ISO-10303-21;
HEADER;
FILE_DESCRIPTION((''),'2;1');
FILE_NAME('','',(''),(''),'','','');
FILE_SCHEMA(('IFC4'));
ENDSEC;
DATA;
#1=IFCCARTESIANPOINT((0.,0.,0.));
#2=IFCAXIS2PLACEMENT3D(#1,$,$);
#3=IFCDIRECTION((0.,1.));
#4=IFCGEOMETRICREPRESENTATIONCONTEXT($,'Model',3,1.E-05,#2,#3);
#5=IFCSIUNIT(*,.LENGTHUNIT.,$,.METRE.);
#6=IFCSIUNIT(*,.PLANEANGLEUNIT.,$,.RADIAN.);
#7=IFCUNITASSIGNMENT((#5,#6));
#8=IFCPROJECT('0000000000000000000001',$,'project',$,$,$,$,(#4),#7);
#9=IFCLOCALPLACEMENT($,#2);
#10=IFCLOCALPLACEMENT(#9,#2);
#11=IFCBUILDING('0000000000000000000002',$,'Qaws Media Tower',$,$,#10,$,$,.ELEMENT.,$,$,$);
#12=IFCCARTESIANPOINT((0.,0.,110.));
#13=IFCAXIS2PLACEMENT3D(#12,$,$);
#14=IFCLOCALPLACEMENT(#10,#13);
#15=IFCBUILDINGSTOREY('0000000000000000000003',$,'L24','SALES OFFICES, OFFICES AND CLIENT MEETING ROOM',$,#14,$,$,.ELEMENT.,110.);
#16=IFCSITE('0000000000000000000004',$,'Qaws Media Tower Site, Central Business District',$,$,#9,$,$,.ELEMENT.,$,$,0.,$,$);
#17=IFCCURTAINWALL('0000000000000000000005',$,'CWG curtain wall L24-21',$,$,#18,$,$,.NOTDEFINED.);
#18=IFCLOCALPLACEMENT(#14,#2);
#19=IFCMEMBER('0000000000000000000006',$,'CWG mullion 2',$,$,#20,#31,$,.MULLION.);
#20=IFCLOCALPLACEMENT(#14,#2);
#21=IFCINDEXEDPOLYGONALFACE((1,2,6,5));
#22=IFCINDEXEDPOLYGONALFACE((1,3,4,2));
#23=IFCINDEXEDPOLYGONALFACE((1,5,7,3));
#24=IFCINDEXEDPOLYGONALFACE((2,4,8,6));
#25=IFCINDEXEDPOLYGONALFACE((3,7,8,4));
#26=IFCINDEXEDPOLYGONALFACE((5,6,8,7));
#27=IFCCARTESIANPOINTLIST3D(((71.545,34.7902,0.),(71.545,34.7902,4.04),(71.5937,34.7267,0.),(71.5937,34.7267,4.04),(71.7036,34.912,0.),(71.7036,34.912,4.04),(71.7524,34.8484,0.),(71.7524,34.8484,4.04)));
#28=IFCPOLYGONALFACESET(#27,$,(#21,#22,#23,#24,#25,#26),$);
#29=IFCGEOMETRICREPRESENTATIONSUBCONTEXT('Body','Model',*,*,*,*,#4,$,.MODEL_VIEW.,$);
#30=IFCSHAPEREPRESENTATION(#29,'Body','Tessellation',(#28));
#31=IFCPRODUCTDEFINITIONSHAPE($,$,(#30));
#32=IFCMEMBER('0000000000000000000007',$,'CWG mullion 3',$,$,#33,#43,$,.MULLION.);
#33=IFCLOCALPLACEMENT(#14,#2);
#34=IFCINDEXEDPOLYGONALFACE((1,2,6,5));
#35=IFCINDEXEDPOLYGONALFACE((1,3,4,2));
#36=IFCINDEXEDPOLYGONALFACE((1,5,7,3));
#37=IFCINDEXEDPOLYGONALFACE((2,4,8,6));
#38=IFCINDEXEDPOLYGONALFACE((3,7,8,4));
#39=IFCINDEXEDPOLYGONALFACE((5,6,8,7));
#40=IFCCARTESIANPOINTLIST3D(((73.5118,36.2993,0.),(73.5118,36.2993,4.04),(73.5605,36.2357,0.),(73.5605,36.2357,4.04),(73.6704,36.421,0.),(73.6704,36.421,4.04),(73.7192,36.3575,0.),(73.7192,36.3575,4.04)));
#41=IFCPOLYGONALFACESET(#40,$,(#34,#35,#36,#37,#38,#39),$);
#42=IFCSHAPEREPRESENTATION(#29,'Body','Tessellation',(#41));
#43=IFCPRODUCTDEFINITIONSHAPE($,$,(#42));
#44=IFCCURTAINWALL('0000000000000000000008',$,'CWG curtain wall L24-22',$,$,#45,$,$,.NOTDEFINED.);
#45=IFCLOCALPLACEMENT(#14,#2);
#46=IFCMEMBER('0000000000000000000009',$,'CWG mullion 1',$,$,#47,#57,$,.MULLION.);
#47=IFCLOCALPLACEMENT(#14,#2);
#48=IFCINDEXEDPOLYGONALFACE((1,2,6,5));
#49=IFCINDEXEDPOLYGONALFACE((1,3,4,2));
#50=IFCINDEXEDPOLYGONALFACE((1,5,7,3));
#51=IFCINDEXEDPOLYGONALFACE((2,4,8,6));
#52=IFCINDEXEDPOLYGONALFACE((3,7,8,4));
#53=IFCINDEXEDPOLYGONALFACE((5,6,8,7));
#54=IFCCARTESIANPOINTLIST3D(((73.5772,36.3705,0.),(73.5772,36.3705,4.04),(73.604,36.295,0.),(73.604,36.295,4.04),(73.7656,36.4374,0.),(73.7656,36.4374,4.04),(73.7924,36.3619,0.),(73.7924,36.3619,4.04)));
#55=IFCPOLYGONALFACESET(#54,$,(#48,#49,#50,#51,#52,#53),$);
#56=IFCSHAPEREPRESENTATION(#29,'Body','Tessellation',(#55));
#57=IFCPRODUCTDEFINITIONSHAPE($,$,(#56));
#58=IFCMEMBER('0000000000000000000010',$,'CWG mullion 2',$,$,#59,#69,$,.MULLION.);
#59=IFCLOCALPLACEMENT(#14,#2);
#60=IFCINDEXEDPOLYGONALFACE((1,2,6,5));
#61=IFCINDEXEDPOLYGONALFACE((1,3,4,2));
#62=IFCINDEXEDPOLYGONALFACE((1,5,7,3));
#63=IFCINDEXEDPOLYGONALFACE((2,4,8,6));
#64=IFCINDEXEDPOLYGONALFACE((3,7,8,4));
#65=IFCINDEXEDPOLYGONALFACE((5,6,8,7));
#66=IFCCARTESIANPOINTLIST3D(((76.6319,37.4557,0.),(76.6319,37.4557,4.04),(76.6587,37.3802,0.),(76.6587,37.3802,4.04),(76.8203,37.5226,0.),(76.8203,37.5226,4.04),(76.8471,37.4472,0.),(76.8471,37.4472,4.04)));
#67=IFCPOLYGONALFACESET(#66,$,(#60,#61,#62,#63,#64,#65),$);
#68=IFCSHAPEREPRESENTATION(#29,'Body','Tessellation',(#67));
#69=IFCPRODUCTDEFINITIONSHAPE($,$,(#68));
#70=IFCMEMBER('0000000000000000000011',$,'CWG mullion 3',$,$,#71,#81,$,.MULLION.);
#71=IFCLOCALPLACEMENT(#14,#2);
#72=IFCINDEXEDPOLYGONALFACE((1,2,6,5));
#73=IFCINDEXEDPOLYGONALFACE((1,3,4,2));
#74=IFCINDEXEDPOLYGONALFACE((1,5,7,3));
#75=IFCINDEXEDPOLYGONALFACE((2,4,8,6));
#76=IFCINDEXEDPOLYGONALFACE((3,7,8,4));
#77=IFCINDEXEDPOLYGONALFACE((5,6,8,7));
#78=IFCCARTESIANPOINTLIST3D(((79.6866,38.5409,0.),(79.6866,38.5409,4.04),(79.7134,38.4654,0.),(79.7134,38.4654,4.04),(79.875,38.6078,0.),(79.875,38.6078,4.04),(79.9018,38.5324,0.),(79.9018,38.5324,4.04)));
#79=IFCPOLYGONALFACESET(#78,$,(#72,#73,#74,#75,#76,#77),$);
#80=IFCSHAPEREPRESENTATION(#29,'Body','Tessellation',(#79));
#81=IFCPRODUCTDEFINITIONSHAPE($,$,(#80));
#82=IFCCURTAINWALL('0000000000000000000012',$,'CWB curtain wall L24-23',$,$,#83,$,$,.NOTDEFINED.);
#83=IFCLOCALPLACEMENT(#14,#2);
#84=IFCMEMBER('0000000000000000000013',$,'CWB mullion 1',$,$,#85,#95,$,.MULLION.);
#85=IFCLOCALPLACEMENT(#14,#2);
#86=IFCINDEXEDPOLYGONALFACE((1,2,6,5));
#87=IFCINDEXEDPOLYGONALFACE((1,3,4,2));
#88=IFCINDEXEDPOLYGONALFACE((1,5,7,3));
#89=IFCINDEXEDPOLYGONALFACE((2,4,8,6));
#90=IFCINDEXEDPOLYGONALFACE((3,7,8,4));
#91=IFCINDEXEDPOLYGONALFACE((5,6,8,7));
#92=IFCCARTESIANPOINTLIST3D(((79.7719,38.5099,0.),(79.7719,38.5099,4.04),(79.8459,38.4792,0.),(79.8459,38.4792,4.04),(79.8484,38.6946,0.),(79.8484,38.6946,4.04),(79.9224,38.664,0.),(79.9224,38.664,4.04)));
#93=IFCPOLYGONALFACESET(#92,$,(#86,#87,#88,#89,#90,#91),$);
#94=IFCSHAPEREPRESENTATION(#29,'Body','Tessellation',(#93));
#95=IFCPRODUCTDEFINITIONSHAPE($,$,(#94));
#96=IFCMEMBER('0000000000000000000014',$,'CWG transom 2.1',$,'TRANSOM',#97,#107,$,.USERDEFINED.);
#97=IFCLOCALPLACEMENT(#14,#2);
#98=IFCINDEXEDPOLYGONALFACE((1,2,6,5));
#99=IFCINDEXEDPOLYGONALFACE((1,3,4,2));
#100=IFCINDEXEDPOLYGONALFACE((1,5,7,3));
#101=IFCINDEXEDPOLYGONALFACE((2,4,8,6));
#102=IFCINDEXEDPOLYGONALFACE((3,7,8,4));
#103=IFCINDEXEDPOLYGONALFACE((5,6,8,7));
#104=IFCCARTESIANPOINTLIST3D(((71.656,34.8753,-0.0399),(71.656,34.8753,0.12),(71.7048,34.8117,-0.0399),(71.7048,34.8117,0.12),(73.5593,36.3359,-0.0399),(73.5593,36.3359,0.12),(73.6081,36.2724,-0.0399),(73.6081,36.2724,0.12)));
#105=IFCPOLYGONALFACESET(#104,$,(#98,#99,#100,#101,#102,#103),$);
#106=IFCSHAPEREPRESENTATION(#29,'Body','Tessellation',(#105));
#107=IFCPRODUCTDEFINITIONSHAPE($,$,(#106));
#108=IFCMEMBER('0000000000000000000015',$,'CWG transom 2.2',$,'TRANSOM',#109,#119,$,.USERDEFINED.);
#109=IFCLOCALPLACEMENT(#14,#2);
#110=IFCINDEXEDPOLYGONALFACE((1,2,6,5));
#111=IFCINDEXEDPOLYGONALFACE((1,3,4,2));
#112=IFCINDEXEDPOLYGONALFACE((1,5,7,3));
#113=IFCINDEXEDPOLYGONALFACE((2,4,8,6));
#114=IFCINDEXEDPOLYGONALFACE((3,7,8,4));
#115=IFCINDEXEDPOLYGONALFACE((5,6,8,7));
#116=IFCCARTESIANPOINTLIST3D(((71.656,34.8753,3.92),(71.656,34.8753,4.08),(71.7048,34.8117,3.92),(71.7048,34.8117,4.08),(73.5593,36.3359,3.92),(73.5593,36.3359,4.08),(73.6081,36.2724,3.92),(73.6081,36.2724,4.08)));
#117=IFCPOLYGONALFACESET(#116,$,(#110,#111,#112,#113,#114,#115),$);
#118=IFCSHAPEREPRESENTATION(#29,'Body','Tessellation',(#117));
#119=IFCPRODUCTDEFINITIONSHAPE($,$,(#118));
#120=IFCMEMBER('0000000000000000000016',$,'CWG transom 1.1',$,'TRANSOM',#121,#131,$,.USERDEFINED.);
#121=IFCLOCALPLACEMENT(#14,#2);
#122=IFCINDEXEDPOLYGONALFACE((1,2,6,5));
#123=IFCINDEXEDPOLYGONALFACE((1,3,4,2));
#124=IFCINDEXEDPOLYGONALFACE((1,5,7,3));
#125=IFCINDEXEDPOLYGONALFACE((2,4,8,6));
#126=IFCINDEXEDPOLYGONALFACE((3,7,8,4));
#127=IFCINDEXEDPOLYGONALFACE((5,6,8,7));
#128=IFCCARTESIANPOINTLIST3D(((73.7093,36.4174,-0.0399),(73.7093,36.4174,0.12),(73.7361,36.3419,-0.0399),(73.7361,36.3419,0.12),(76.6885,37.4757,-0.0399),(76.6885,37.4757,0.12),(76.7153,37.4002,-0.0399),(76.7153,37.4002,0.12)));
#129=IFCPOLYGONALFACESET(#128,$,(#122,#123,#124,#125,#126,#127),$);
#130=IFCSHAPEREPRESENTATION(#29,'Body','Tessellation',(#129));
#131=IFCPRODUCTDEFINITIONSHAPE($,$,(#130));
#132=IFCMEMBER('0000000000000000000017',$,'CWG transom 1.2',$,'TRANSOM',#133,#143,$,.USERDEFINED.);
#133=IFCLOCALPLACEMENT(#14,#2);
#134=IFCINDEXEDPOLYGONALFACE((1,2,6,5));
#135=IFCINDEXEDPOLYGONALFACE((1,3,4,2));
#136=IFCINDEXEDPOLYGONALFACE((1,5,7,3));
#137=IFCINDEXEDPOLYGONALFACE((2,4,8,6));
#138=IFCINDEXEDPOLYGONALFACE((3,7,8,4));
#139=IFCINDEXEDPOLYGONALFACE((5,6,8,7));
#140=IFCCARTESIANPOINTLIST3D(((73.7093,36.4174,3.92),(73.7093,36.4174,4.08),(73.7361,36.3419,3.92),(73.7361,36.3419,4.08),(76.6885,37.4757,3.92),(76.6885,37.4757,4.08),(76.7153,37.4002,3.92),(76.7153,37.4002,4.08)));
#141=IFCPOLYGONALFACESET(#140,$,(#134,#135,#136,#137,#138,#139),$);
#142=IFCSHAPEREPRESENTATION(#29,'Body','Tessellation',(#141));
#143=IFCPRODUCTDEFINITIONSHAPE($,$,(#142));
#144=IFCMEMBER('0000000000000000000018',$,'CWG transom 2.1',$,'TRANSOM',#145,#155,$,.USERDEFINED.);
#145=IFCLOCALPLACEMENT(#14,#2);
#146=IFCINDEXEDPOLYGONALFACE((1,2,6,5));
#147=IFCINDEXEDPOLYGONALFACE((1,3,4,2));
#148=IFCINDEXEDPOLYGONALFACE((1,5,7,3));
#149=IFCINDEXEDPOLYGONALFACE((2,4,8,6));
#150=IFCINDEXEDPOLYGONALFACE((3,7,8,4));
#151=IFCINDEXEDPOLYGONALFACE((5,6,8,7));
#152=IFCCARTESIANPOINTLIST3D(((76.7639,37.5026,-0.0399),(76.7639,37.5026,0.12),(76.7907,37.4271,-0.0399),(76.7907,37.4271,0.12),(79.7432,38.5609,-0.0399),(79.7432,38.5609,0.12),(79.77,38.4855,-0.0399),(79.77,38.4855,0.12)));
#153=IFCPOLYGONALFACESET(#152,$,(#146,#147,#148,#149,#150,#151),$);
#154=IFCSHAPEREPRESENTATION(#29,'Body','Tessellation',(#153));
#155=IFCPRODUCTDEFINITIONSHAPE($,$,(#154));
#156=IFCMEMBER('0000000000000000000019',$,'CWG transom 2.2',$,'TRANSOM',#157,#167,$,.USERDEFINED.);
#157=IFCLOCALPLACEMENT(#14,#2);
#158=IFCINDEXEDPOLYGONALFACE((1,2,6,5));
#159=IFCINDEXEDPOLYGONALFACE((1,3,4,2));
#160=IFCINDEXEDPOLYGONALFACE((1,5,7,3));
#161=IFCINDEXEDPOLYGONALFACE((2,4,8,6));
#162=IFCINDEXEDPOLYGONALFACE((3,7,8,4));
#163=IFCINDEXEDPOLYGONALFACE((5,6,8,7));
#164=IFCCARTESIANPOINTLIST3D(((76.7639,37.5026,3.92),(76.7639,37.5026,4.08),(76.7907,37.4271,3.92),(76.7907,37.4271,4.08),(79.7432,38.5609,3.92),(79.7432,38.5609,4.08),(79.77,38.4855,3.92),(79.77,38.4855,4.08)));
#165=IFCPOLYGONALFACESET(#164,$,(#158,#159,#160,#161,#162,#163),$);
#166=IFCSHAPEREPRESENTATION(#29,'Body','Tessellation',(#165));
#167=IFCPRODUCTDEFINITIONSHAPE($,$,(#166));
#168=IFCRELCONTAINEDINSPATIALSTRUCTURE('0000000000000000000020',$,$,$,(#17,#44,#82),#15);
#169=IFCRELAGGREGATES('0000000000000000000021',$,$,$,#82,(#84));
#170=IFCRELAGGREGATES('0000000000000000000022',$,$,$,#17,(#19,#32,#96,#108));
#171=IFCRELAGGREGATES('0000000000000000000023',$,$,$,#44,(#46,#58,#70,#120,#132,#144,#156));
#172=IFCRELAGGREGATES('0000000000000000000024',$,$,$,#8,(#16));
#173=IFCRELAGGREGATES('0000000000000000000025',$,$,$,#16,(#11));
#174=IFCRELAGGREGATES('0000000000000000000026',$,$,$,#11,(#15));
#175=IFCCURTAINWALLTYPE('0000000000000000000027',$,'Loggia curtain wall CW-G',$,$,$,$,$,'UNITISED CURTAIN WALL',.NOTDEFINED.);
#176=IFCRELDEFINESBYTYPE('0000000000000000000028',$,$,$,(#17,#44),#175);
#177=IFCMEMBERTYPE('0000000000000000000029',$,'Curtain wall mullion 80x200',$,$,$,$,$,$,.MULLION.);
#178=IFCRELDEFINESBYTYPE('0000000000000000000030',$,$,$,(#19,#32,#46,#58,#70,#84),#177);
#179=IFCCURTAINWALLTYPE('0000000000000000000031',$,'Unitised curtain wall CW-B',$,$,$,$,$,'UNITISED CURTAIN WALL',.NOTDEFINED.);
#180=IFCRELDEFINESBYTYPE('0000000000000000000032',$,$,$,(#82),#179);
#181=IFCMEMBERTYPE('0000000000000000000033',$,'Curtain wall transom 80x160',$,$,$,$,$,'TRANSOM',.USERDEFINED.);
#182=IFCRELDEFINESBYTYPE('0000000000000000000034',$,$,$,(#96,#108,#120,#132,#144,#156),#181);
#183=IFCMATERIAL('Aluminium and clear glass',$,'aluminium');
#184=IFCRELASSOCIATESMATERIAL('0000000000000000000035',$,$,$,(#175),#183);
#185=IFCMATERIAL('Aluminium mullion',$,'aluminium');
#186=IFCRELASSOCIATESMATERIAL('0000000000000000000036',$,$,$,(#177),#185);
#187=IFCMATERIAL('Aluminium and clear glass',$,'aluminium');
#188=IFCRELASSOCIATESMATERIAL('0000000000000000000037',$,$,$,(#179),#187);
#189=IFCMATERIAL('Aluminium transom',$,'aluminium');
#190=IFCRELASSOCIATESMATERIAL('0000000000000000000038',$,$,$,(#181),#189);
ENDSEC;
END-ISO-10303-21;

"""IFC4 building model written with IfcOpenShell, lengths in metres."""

from ifc_helpers import new_model, si_unit, direction, frame, origin, origin_2d, place, context, subcontext, project, spatial, rectangle, extrude, material, material_profile, profile_set, type_object, element, aggregate, save


model = new_model("IFC4")

# Units and contexts
model_context = context("Model", 3, precision=1e-05, world=origin(), true_north=direction((0.0, 1.0)))
body_context = subcontext(model_context, "Body", "Model", "MODEL_VIEW")
ifc_project = project(units=[si_unit("LENGTHUNIT", "METRE"), si_unit("PLANEANGLEUNIT", "RADIAN")], contexts=[model_context])

# Site, building, storey
site_placement = place(None, origin())
site = spatial("IfcSite", under=ifc_project, at=site_placement, Name="Qaws Media Tower Site, Central Business District", CompositionType="ELEMENT", RefElevation=0.0)
building_placement = place(site_placement, origin())
building = spatial("IfcBuilding", under=site, at=building_placement, Name="Qaws Media Tower", CompositionType="ELEMENT")
storey_placement = place(building_placement, frame((0.0, 0.0, 110.0)))
storey = spatial("IfcBuildingStorey", under=building, at=storey_placement, Name="L24", Description="SALES OFFICES, OFFICES AND CLIENT MEETING ROOM", CompositionType="ELEMENT", Elevation=110.0)

# Curtain walls, members
ifc_material_1 = material(Name="Aluminium and clear glass", Category="aluminium")
curtain_wall_type_1 = type_object("IfcCurtainWallType", Name="Loggia curtain wall CW-G", ElementType="UNITISED CURTAIN WALL", PredefinedType="NOTDEFINED", material=ifc_material_1)
curtain_wall_1_placement = place(storey_placement, origin())
curtain_wall_1 = element("IfcCurtainWall", 1, at=curtain_wall_1_placement, inside=storey, type_object=curtain_wall_type_1, Name="CWG curtain wall L24-21", PredefinedType="NOTDEFINED")
ifc_material_2 = material(Name="Aluminium mullion", Category="aluminium")
ifc_material_profile_1 = material_profile(ifc_material_2, rectangle(XDim=0.0801, YDim=0.2, at=origin_2d()), Name="80x200")
ifc_profile_set_1 = profile_set([ifc_material_profile_1], Name="Aluminium mullion")
member_type_1 = type_object("IfcMemberType", Name="Curtain wall mullion 80x200", PredefinedType="MULLION", material=ifc_profile_set_1)
member_1_placement = place(storey_placement, frame((71.6487, 34.8193, 0.0), z_axis=(0.0, 0.0, 1.0), x_axis=(-0.608761, 0.793353, 0.0)))
member_1 = element("IfcMember", 2, at=member_1_placement, type_object=member_type_1, Name="CWG mullion 2", PredefinedType="MULLION", context=body_context, shape_type="SweptSolid", body=[
    extrude(rectangle(XDim=0.0801, YDim=0.2, at=origin_2d()), origin(), (0.0, 0.0, 1.0), 4.04),
])
member_2_placement = place(storey_placement, frame((73.6155, 36.3284, 0.0), z_axis=(0.0, 0.0, 1.0), x_axis=(-0.608761, 0.793353, 0.0)))
member_2 = element("IfcMember", 3, at=member_2_placement, type_object=member_type_1, Name="CWG mullion 3", PredefinedType="MULLION", context=body_context, shape_type="SweptSolid", body=[
    extrude(rectangle(XDim=0.0801, YDim=0.2, at=origin_2d()), origin(), (0.0, 0.0, 1.0), 4.04),
])
curtain_wall_2_placement = place(storey_placement, origin())
curtain_wall_2 = element("IfcCurtainWall", 4, at=curtain_wall_2_placement, inside=storey, type_object=curtain_wall_type_1, Name="CWG curtain wall L24-22", PredefinedType="NOTDEFINED")
member_3_placement = place(storey_placement, frame((73.6848, 36.3662, 0.0), z_axis=(0.0, 0.0, 1.0), x_axis=(-0.334754, 0.942305, 0.0)))
member_3 = element("IfcMember", 5, at=member_3_placement, type_object=member_type_1, Name="CWG mullion 1", PredefinedType="MULLION", context=body_context, shape_type="SweptSolid", body=[
    extrude(rectangle(XDim=0.0801, YDim=0.2, at=origin_2d()), origin(), (0.0, 0.0, 1.0), 4.04),
])
member_4_placement = place(storey_placement, frame((76.7395, 37.4514, 0.0), z_axis=(0.0, 0.0, 1.0), x_axis=(-0.334754, 0.942305, 0.0)))
member_4 = element("IfcMember", 6, at=member_4_placement, type_object=member_type_1, Name="CWG mullion 2", PredefinedType="MULLION", context=body_context, shape_type="SweptSolid", body=[
    extrude(rectangle(XDim=0.0801, YDim=0.2, at=origin_2d()), origin(), (0.0, 0.0, 1.0), 4.04),
])
member_5_placement = place(storey_placement, frame((79.7942, 38.5366, 0.0), z_axis=(0.0, 0.0, 1.0), x_axis=(-0.334754, 0.942305, 0.0)))
member_5 = element("IfcMember", 7, at=member_5_placement, type_object=member_type_1, Name="CWG mullion 3", PredefinedType="MULLION", context=body_context, shape_type="SweptSolid", body=[
    extrude(rectangle(XDim=0.0801, YDim=0.2, at=origin_2d()), origin(), (0.0, 0.0, 1.0), 4.04),
])

# Curtain wall, member
ifc_material_3 = material(Name="Aluminium and clear glass", Category="aluminium")
curtain_wall_type_2 = type_object("IfcCurtainWallType", Name="Unitised curtain wall CW-B", ElementType="UNITISED CURTAIN WALL", PredefinedType="NOTDEFINED", material=ifc_material_3)
curtain_wall_3_placement = place(storey_placement, origin())
curtain_wall_3 = element("IfcCurtainWall", 8, at=curtain_wall_3_placement, inside=storey, type_object=curtain_wall_type_2, Name="CWB curtain wall L24-23", PredefinedType="NOTDEFINED")
member_6_placement = place(storey_placement, frame((79.8472, 38.5869, 0.0), z_axis=(0.0, 0.0, 1.0), x_axis=(-0.92388, 0.382683, 0.0)))
member_6 = element("IfcMember", 9, at=member_6_placement, type_object=member_type_1, Name="CWB mullion 1", PredefinedType="MULLION", context=body_context, shape_type="SweptSolid", body=[
    extrude(rectangle(XDim=0.0801, YDim=0.2, at=origin_2d()), origin(), (0.0, 0.0, 1.0), 4.04),
])
aggregate(curtain_wall_3, [member_6])

# Members
ifc_material_4 = material(Name="Aluminium transom", Category="aluminium")
ifc_material_profile_2 = material_profile(ifc_material_4, rectangle(XDim=0.0801, YDim=0.1599, at=origin_2d()), Name="80x160")
ifc_profile_set_2 = profile_set([ifc_material_profile_2], Name="Aluminium transom")
member_type_2 = type_object("IfcMemberType", Name="Curtain wall transom 80x160", ElementType="TRANSOM", PredefinedType="USERDEFINED", material=ifc_profile_set_2)
member_7_placement = place(storey_placement, frame((71.6804, 34.8435, 0.04), z_axis=(0.793308, 0.60882, 0.0), x_axis=(-0.60882, 0.793308, 0.0)))
member_7 = element("IfcMember", 10, at=member_7_placement, type_object=member_type_2, Name="CWG transom 2.1", ObjectType="TRANSOM", PredefinedType="USERDEFINED", context=body_context, shape_type="SweptSolid", body=[
    extrude(rectangle(XDim=0.0801, YDim=0.1599, at=origin_2d()), origin(), (0.0, 0.0, 1.0), 2.3992),
])
member_8_placement = place(storey_placement, frame((71.6804, 34.8435, 4.0), z_axis=(0.793308, 0.60882, 0.0), x_axis=(-0.60882, 0.793308, 0.0)))
member_8 = element("IfcMember", 11, at=member_8_placement, type_object=member_type_2, Name="CWG transom 2.2", ObjectType="TRANSOM", PredefinedType="USERDEFINED", context=body_context, shape_type="SweptSolid", body=[
    extrude(rectangle(XDim=0.0801, YDim=0.1599, at=origin_2d()), origin(), (0.0, 0.0, 1.0), 2.3992),
])
member_9_placement = place(storey_placement, frame((73.7227, 36.3796, 0.04), z_axis=(0.942308, 0.334746, 0.0), x_axis=(-0.334746, 0.942308, 0.0)))
member_9 = element("IfcMember", 12, at=member_9_placement, type_object=member_type_2, Name="CWG transom 1.1", ObjectType="TRANSOM", PredefinedType="USERDEFINED", context=body_context, shape_type="SweptSolid", body=[
    extrude(rectangle(XDim=0.0801, YDim=0.1599, at=origin_2d()), origin(), (0.0, 0.0, 1.0), 3.1616),
])
member_10_placement = place(storey_placement, frame((73.7227, 36.3796, 4.0), z_axis=(0.942308, 0.334746, 0.0), x_axis=(-0.334746, 0.942308, 0.0)))
member_10 = element("IfcMember", 13, at=member_10_placement, type_object=member_type_2, Name="CWG transom 1.2", ObjectType="TRANSOM", PredefinedType="USERDEFINED", context=body_context, shape_type="SweptSolid", body=[
    extrude(rectangle(XDim=0.0801, YDim=0.1599, at=origin_2d()), origin(), (0.0, 0.0, 1.0), 3.1616),
])
member_11_placement = place(storey_placement, frame((76.7773, 37.4648, 0.04), z_axis=(0.942308, 0.334746, 0.0), x_axis=(-0.334746, 0.942308, 0.0)))
member_11 = element("IfcMember", 14, at=member_11_placement, type_object=member_type_2, Name="CWG transom 2.1", ObjectType="TRANSOM", PredefinedType="USERDEFINED", context=body_context, shape_type="SweptSolid", body=[
    extrude(rectangle(XDim=0.0801, YDim=0.1599, at=origin_2d()), origin(), (0.0, 0.0, 1.0), 3.1616),
])
member_12_placement = place(storey_placement, frame((76.7773, 37.4648, 4.0), z_axis=(0.942308, 0.334746, 0.0), x_axis=(-0.334746, 0.942308, 0.0)))
member_12 = element("IfcMember", 15, at=member_12_placement, type_object=member_type_2, Name="CWG transom 2.2", ObjectType="TRANSOM", PredefinedType="USERDEFINED", context=body_context, shape_type="SweptSolid", body=[
    extrude(rectangle(XDim=0.0801, YDim=0.1599, at=origin_2d()), origin(), (0.0, 0.0, 1.0), 3.1616),
])

aggregate(curtain_wall_1, [member_1, member_2, member_7, member_8])
aggregate(curtain_wall_2, [member_3, member_4, member_5, member_9, member_10, member_11, member_12])

save(model, "model.ifc")
